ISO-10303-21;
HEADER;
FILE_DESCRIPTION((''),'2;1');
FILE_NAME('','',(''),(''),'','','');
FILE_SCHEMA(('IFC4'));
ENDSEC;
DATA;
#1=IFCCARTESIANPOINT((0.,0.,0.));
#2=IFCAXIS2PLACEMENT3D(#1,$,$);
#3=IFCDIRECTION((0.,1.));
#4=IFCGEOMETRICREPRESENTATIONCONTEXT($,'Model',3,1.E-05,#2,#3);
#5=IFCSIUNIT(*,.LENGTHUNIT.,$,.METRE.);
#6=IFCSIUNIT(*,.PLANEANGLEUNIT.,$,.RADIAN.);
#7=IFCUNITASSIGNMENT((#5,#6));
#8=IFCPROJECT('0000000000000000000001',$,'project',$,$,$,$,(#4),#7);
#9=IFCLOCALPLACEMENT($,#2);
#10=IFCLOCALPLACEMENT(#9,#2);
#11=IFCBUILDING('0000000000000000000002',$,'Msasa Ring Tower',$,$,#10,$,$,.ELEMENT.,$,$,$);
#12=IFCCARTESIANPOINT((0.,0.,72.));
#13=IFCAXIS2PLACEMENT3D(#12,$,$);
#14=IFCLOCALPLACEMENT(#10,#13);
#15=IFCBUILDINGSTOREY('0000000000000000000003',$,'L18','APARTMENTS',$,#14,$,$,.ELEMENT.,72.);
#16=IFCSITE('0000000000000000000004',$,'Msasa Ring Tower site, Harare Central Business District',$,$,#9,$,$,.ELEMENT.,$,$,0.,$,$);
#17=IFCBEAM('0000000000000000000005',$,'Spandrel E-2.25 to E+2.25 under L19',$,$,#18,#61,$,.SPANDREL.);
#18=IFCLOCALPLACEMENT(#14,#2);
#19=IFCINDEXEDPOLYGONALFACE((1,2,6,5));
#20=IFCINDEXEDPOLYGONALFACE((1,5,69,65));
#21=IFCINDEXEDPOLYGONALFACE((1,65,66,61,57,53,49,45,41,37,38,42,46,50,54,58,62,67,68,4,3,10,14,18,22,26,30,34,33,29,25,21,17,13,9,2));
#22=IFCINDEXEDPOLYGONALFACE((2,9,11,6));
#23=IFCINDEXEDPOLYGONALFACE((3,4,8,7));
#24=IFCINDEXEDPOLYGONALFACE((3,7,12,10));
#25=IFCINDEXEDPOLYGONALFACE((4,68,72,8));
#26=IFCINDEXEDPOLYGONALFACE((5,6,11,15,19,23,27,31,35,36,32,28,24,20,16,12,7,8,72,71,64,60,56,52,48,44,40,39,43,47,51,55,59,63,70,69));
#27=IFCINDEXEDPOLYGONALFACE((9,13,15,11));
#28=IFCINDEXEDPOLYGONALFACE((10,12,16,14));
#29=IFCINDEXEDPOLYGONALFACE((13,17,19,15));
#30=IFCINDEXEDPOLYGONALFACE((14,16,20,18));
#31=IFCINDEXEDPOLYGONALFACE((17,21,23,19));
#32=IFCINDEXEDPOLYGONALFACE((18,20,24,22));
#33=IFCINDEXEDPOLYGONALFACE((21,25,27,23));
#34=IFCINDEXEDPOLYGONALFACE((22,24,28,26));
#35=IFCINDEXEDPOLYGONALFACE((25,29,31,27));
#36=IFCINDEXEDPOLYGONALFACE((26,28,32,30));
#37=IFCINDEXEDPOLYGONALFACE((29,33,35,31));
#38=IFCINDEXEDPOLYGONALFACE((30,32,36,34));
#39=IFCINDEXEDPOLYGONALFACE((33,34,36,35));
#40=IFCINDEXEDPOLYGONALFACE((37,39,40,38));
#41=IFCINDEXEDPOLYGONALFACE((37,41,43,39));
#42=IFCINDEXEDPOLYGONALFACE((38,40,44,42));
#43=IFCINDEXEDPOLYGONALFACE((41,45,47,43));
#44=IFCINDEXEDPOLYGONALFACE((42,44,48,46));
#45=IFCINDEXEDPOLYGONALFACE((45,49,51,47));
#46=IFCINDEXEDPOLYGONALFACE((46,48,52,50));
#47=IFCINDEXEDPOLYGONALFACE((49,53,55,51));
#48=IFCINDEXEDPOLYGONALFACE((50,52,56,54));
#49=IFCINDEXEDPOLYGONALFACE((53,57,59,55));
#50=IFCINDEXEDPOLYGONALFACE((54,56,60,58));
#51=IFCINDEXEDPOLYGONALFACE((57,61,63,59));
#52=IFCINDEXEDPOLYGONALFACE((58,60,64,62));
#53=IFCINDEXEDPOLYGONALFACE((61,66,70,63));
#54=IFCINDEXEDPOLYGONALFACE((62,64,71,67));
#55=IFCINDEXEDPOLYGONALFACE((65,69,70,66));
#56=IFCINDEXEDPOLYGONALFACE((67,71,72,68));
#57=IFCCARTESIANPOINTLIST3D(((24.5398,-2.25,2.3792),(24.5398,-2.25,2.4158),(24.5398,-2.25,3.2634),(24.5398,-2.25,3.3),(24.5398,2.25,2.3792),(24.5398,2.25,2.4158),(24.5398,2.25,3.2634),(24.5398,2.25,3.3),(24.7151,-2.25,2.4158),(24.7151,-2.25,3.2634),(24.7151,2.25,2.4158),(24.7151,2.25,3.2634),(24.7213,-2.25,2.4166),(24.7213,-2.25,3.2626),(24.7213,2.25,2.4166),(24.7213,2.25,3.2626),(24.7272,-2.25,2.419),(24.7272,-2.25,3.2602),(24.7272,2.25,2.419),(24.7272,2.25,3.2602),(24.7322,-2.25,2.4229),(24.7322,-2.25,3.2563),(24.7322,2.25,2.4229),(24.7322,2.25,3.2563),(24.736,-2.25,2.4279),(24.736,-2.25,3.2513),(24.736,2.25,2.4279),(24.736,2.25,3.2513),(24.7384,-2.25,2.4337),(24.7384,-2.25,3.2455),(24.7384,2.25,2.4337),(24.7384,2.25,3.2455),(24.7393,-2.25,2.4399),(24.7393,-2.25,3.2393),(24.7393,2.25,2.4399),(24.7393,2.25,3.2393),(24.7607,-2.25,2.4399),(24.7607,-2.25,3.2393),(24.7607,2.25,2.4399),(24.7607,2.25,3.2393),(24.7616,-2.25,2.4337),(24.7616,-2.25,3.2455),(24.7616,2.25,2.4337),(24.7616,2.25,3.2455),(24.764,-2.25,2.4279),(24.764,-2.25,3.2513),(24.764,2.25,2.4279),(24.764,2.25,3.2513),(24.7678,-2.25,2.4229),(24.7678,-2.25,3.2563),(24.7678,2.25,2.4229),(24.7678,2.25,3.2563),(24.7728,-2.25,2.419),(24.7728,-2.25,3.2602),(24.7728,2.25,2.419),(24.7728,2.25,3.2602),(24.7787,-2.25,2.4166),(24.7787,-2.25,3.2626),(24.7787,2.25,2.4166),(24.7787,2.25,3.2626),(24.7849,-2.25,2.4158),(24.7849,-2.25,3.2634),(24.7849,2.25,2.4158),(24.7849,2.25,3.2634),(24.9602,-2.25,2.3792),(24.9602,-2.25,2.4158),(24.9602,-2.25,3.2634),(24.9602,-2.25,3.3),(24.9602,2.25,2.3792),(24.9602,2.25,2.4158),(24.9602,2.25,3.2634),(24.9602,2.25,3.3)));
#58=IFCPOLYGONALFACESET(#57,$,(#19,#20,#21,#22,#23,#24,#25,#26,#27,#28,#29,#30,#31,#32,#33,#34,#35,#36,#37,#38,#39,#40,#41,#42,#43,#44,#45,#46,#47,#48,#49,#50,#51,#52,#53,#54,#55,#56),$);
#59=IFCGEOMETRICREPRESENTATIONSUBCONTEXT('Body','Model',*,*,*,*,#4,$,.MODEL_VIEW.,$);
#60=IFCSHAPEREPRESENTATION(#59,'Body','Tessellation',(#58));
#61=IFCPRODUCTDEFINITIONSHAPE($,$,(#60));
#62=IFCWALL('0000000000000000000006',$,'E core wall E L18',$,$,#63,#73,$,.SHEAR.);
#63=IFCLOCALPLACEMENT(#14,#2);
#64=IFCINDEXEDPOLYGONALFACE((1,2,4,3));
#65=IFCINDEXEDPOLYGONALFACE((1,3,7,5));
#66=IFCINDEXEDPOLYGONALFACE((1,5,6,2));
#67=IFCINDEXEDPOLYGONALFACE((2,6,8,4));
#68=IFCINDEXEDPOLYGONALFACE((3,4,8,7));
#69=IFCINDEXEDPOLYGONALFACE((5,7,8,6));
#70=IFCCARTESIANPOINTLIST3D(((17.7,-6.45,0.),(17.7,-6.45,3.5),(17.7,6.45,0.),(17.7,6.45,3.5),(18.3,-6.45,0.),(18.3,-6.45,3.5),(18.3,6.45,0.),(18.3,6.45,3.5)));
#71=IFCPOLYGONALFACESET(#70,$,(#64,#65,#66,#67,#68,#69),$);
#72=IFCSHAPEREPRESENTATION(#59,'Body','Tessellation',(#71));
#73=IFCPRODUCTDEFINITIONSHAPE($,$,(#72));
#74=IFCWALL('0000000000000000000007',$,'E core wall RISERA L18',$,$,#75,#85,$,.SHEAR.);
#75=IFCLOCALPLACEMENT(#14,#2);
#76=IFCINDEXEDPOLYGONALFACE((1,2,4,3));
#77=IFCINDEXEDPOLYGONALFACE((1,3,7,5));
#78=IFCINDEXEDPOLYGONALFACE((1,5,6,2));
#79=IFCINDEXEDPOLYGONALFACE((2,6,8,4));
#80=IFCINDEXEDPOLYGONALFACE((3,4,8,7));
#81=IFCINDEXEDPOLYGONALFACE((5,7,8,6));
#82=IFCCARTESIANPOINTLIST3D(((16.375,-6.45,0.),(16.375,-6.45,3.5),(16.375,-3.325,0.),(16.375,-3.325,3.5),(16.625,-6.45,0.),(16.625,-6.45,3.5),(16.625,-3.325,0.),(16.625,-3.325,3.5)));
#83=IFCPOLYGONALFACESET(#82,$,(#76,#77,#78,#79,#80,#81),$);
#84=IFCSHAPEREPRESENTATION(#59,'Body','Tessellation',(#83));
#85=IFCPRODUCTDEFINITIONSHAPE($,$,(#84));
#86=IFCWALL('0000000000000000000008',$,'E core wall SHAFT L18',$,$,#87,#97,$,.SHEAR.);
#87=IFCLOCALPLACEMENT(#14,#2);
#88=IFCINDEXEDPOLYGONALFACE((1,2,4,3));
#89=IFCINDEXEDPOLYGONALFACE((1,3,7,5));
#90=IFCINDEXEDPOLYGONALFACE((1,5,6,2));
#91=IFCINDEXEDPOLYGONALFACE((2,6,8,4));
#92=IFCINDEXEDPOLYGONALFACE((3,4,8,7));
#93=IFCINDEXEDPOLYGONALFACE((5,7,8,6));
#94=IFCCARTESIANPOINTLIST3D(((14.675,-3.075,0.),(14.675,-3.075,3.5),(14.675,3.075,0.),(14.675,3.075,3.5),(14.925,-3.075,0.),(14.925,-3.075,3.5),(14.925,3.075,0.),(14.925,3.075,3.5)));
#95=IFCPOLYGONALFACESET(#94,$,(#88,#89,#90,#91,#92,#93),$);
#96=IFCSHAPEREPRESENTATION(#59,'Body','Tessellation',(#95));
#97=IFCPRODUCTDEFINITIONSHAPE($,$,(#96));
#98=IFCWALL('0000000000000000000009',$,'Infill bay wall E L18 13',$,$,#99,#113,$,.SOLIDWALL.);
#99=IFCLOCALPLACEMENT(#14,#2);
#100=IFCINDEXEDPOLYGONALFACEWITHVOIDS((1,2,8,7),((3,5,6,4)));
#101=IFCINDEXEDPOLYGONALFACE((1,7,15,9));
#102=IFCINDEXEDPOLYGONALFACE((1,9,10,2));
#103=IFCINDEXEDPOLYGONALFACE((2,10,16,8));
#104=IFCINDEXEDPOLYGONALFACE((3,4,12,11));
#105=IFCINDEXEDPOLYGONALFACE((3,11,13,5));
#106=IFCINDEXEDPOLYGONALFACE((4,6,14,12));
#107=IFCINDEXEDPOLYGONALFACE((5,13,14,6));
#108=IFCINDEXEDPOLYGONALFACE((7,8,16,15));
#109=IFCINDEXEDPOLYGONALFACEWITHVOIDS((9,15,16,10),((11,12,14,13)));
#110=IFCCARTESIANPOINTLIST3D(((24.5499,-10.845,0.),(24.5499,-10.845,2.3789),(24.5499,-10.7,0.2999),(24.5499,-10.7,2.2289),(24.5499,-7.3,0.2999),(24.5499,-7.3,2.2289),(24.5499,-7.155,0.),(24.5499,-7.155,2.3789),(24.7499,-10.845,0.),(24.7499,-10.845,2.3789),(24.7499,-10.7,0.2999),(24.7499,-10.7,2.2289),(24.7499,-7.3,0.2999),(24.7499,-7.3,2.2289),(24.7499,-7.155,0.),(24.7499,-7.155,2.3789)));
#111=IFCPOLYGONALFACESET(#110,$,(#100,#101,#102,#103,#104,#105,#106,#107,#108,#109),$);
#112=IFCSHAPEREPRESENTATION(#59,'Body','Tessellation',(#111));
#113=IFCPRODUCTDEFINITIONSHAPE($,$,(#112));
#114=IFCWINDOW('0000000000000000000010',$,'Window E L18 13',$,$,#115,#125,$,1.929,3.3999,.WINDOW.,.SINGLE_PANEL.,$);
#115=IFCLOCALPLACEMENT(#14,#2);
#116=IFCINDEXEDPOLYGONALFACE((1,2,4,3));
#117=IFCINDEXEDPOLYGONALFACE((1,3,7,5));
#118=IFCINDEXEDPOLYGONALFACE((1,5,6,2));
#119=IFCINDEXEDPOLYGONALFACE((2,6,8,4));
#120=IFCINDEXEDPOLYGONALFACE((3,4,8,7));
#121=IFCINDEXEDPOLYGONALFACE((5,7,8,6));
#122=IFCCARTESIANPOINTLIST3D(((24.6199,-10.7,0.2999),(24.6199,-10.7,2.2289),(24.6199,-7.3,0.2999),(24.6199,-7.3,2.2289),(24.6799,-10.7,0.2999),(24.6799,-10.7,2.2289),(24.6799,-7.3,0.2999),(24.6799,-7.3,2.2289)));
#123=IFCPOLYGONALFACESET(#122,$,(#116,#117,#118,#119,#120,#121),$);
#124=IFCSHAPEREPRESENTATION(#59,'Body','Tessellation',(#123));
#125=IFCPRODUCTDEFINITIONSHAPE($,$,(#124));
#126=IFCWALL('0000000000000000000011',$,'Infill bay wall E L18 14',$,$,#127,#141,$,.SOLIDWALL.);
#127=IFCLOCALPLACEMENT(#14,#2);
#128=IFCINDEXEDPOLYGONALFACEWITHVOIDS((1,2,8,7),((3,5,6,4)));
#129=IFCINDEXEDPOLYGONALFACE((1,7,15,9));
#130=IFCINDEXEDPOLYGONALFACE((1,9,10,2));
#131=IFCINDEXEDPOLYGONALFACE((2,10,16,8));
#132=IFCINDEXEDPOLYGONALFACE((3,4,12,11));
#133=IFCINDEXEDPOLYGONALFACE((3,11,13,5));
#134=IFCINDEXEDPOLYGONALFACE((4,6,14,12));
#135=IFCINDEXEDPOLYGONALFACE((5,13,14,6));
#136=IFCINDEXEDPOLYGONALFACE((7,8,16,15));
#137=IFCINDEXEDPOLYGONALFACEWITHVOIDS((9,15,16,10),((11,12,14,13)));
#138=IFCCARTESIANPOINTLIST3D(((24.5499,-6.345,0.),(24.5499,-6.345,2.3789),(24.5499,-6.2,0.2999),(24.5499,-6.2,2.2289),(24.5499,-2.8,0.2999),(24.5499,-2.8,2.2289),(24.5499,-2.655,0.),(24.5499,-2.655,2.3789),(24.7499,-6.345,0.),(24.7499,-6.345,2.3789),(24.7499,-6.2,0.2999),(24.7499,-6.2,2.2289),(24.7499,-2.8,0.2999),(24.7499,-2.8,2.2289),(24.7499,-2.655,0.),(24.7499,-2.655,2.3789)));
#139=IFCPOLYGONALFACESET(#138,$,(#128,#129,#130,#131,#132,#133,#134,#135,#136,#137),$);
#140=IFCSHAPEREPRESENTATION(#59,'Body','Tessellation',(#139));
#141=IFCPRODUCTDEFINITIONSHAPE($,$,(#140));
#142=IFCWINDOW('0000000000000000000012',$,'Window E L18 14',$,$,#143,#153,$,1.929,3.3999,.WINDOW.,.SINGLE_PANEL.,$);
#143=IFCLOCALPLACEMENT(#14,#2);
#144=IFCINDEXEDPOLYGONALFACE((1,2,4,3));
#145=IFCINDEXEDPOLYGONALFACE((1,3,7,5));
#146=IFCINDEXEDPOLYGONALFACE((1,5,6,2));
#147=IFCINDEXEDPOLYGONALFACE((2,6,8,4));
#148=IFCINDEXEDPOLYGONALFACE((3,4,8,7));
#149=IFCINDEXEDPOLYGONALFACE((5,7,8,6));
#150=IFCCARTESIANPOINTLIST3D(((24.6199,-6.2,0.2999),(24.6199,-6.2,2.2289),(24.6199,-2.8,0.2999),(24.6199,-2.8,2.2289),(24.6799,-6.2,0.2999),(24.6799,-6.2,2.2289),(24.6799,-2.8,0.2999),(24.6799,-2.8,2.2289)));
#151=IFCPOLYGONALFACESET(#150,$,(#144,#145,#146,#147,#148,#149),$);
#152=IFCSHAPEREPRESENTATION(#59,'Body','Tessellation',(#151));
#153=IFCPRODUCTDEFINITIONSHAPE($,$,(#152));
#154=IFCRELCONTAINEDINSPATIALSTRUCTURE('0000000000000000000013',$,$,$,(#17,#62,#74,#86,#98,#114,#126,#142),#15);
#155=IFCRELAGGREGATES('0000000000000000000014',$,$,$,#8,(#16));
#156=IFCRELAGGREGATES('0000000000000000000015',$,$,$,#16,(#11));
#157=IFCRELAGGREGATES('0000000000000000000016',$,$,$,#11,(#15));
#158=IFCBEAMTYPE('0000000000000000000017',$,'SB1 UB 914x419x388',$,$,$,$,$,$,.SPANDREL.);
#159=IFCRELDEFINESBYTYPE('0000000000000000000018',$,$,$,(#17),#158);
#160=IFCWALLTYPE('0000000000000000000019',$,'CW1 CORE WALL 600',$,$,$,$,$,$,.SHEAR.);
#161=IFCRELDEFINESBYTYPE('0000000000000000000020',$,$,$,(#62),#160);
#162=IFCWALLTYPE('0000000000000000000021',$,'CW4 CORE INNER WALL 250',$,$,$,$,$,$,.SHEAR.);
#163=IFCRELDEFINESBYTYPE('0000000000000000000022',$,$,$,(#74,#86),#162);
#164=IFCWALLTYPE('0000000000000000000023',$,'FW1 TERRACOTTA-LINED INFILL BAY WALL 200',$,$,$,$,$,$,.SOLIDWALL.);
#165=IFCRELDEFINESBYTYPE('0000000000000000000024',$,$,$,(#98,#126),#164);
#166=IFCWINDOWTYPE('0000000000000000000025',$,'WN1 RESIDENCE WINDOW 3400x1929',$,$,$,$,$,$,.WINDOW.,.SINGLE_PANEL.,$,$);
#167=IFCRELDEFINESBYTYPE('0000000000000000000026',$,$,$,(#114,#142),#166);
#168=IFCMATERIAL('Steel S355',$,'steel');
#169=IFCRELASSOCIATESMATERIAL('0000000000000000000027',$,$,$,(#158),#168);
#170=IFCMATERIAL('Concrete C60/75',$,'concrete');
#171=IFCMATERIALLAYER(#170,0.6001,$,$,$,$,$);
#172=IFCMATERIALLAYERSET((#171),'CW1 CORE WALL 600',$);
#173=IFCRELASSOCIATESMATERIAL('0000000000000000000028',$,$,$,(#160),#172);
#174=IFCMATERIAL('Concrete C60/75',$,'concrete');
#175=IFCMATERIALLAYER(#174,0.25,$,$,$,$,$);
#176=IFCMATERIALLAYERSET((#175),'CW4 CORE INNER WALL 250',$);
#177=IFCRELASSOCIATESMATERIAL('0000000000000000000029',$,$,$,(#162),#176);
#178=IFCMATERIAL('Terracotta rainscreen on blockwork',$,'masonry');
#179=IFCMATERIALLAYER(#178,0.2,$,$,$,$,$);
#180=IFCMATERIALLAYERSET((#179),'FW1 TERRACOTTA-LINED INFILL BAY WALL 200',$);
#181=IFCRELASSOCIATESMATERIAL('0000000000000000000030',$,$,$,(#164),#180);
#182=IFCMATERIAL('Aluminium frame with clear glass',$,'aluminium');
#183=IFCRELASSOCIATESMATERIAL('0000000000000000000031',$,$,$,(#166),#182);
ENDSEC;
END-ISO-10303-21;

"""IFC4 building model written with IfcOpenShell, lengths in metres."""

from ifc_helpers import new_model, si_unit, direction, frame, frame_2d, origin, origin_2d, place, context, subcontext, project, spatial, rectangle, i_section, extrude, material, layer, layer_set, material_profile, profile_set, type_object, element, fill, save


model = new_model("IFC4")

# Units and contexts
model_context = context("Model", 3, precision=1e-05, world=origin(), true_north=direction((0.0, 1.0)))
body_context = subcontext(model_context, "Body", "Model", "MODEL_VIEW")
ifc_project = project(units=[si_unit("LENGTHUNIT", "METRE"), si_unit("PLANEANGLEUNIT", "RADIAN")], contexts=[model_context])

# Site, building, storey
site_placement = place(None, origin())
site = spatial("IfcSite", under=ifc_project, at=site_placement, Name="Msasa Ring Tower site, Harare Central Business District", CompositionType="ELEMENT", RefElevation=0.0)
building_placement = place(site_placement, origin())
building = spatial("IfcBuilding", under=site, at=building_placement, Name="Msasa Ring Tower", CompositionType="ELEMENT")
storey_placement = place(building_placement, frame((0.0, 0.0, 72.0)))
storey = spatial("IfcBuildingStorey", under=building, at=storey_placement, Name="L18", Description="APARTMENTS", CompositionType="ELEMENT", Elevation=72.0)

# Beam
ifc_material_1 = material(Name="Steel S355", Category="steel")
ifc_material_profile_1 = material_profile(ifc_material_1, i_section(OverallWidth=0.4204, OverallDepth=0.9209, WebThickness=0.0215, FlangeThickness=0.0366, FilletRadius=0.0242, at=origin_2d()), Name="UB 914x419x388")
ifc_profile_set_1 = profile_set([ifc_material_profile_1], Name="Steel S355")
beam_type_1 = type_object("IfcBeamType", Name="SB1 UB 914x419x388", PredefinedType="SPANDREL", material=ifc_profile_set_1)
for number, where, z_axis, x_axis, name in (
    (1, (24.75, -2.25, 2.8396), (0.0, 1.0, 0.0), (-1.0, 0.0, 0.0), "Spandrel E-2.25 to E+2.25 under L19"),
):
    element("IfcBeam", number, at=place(storey_placement, frame(where, z_axis=z_axis, x_axis=x_axis)), inside=storey, type_object=beam_type_1, Name=name, PredefinedType="SPANDREL", context=body_context, shape_type="SweptSolid", body=[
        extrude(i_section(OverallWidth=0.4204, OverallDepth=0.9209, WebThickness=0.0215, FlangeThickness=0.0366, FilletRadius=0.0242, at=origin_2d()), origin(), (0.0, 0.0, 1.0), 4.5),
    ])

# Walls
ifc_material_2 = material(Name="Concrete C60/75", Category="concrete")
ifc_layer_1 = layer(ifc_material_2, 0.6001)
ifc_layer_set_1 = layer_set([ifc_layer_1], Name="CW1 CORE WALL 600")
wall_type_1 = type_object("IfcWallType", Name="CW1 CORE WALL 600", PredefinedType="SHEAR", material=ifc_layer_set_1)
wall_1_placement = place(storey_placement, frame((18.0, -6.45, 0.0), z_axis=(0.0, 0.0, 1.0), x_axis=(0.0, 1.0, 0.0)))
element("IfcWall", 2, at=wall_1_placement, inside=storey, type_object=wall_type_1, Name="E core wall E L18", PredefinedType="SHEAR", context=body_context, shape_type="SweptSolid", body=[
    extrude(rectangle(XDim=12.8999, YDim=0.6001, at=frame_2d((6.45, 0.0))), origin(), (0.0, 0.0, 1.0), 3.5),
])
ifc_material_3 = material(Name="Concrete C60/75", Category="concrete")
ifc_layer_2 = layer(ifc_material_3, 0.25)
ifc_layer_set_2 = layer_set([ifc_layer_2], Name="CW4 CORE INNER WALL 250")
wall_type_2 = type_object("IfcWallType", Name="CW4 CORE INNER WALL 250", PredefinedType="SHEAR", material=ifc_layer_set_2)
wall_2_placement = place(storey_placement, frame((16.5, -6.45, 0.0), z_axis=(0.0, 0.0, 1.0), x_axis=(0.0, 1.0, 0.0)))
element("IfcWall", 3, at=wall_2_placement, inside=storey, type_object=wall_type_2, Name="E core wall RISERA L18", PredefinedType="SHEAR", context=body_context, shape_type="SweptSolid", body=[
    extrude(rectangle(XDim=3.125, YDim=0.25, at=frame_2d((1.5625, 0.0))), origin(), (0.0, 0.0, 1.0), 3.5),
])
wall_3_placement = place(storey_placement, frame((14.8, -3.075, 0.0), z_axis=(0.0, 0.0, 1.0), x_axis=(0.0, 1.0, 0.0)))
element("IfcWall", 4, at=wall_3_placement, inside=storey, type_object=wall_type_2, Name="E core wall SHAFT L18", PredefinedType="SHEAR", context=body_context, shape_type="SweptSolid", body=[
    extrude(rectangle(XDim=6.1499, YDim=0.25, at=frame_2d((3.075, 0.0))), origin(), (0.0, 0.0, 1.0), 3.5),
])

# Walls, openings, windows
ifc_material_4 = material(Name="Terracotta rainscreen on blockwork", Category="masonry")
ifc_layer_3 = layer(ifc_material_4, 0.2)
ifc_layer_set_3 = layer_set([ifc_layer_3], Name="FW1 TERRACOTTA-LINED INFILL BAY WALL 200")
wall_type_3 = type_object("IfcWallType", Name="FW1 TERRACOTTA-LINED INFILL BAY WALL 200", PredefinedType="SOLIDWALL", material=ifc_layer_set_3)
wall_4_placement = place(storey_placement, frame((24.6499, -10.845, 0.0), z_axis=(0.0, 0.0, 1.0), x_axis=(0.0, 1.0, 0.0)))
wall_4 = element("IfcWall", 5, at=wall_4_placement, inside=storey, type_object=wall_type_3, Name="Infill bay wall E L18 13", PredefinedType="SOLIDWALL", context=body_context, shape_type="SweptSolid", body=[
    extrude(rectangle(XDim=3.6899, YDim=0.2, at=frame_2d((1.845, 0.0))), origin(), (0.0, 0.0, 1.0), 2.3789),
])
opening_1_placement = place(wall_4_placement, frame((0.145, 0.0, 0.3)))
opening_1 = element("IfcOpeningElement", 6, at=opening_1_placement, cuts=wall_4, PredefinedType="OPENING", context=body_context, shape_type="SweptSolid", body=[
    extrude(rectangle(XDim=3.3999, YDim=1.929, at=frame_2d((1.7, 0.9644))), frame((0.0, 0.1099, 0.0), z_axis=(0.0, -1.0, 0.0), x_axis=(1.0, 0.0, 0.0)), (0.0, 0.0, 1.0), 0.22),
])
ifc_material_5 = material(Name="Aluminium frame with clear glass", Category="aluminium")
window_type = type_object("IfcWindowType", Name="WN1 RESIDENCE WINDOW 3400x1929", PartitioningType="SINGLE_PANEL", PredefinedType="WINDOW", material=ifc_material_5)
window_1_placement = place(opening_1_placement, origin())
window_1 = element("IfcWindow", 7, at=window_1_placement, inside=storey, type_object=window_type, Name="Window E L18 13", OverallHeight=1.929, OverallWidth=3.3999, PartitioningType="SINGLE_PANEL", PredefinedType="WINDOW", context=body_context, shape_type="SweptSolid", body=[
    extrude(rectangle(XDim=3.3999, YDim=1.929, at=frame_2d((1.7, 0.9644))), frame((0.0, 0.03, 0.0), z_axis=(0.0, -1.0, 0.0), x_axis=(1.0, 0.0, 0.0)), (0.0, 0.0, 1.0), 0.0601),
])
fill(opening_1, window_1)
wall_5_placement = place(storey_placement, frame((24.6499, -6.345, 0.0), z_axis=(0.0, 0.0, 1.0), x_axis=(0.0, 1.0, 0.0)))
wall_5 = element("IfcWall", 8, at=wall_5_placement, inside=storey, type_object=wall_type_3, Name="Infill bay wall E L18 14", PredefinedType="SOLIDWALL", context=body_context, shape_type="SweptSolid", body=[
    extrude(rectangle(XDim=3.6899, YDim=0.2, at=frame_2d((1.845, 0.0))), origin(), (0.0, 0.0, 1.0), 2.3789),
])
opening_2_placement = place(wall_5_placement, frame((0.145, 0.0, 0.3)))
opening_2 = element("IfcOpeningElement", 9, at=opening_2_placement, cuts=wall_5, PredefinedType="OPENING", context=body_context, shape_type="SweptSolid", body=[
    extrude(rectangle(XDim=3.3999, YDim=1.929, at=frame_2d((1.7, 0.9644))), frame((0.0, 0.1099, 0.0), z_axis=(0.0, -1.0, 0.0), x_axis=(1.0, 0.0, 0.0)), (0.0, 0.0, 1.0), 0.22),
])
window_2_placement = place(opening_2_placement, origin())
window_2 = element("IfcWindow", 10, at=window_2_placement, inside=storey, type_object=window_type, Name="Window E L18 14", OverallHeight=1.929, OverallWidth=3.3999, PartitioningType="SINGLE_PANEL", PredefinedType="WINDOW", context=body_context, shape_type="SweptSolid", body=[
    extrude(rectangle(XDim=3.3999, YDim=1.929, at=frame_2d((1.7, 0.9644))), frame((0.0, 0.03, 0.0), z_axis=(0.0, -1.0, 0.0), x_axis=(1.0, 0.0, 0.0)), (0.0, 0.0, 1.0), 0.0601),
])
fill(opening_2, window_2)

save(model, "model.ifc")
